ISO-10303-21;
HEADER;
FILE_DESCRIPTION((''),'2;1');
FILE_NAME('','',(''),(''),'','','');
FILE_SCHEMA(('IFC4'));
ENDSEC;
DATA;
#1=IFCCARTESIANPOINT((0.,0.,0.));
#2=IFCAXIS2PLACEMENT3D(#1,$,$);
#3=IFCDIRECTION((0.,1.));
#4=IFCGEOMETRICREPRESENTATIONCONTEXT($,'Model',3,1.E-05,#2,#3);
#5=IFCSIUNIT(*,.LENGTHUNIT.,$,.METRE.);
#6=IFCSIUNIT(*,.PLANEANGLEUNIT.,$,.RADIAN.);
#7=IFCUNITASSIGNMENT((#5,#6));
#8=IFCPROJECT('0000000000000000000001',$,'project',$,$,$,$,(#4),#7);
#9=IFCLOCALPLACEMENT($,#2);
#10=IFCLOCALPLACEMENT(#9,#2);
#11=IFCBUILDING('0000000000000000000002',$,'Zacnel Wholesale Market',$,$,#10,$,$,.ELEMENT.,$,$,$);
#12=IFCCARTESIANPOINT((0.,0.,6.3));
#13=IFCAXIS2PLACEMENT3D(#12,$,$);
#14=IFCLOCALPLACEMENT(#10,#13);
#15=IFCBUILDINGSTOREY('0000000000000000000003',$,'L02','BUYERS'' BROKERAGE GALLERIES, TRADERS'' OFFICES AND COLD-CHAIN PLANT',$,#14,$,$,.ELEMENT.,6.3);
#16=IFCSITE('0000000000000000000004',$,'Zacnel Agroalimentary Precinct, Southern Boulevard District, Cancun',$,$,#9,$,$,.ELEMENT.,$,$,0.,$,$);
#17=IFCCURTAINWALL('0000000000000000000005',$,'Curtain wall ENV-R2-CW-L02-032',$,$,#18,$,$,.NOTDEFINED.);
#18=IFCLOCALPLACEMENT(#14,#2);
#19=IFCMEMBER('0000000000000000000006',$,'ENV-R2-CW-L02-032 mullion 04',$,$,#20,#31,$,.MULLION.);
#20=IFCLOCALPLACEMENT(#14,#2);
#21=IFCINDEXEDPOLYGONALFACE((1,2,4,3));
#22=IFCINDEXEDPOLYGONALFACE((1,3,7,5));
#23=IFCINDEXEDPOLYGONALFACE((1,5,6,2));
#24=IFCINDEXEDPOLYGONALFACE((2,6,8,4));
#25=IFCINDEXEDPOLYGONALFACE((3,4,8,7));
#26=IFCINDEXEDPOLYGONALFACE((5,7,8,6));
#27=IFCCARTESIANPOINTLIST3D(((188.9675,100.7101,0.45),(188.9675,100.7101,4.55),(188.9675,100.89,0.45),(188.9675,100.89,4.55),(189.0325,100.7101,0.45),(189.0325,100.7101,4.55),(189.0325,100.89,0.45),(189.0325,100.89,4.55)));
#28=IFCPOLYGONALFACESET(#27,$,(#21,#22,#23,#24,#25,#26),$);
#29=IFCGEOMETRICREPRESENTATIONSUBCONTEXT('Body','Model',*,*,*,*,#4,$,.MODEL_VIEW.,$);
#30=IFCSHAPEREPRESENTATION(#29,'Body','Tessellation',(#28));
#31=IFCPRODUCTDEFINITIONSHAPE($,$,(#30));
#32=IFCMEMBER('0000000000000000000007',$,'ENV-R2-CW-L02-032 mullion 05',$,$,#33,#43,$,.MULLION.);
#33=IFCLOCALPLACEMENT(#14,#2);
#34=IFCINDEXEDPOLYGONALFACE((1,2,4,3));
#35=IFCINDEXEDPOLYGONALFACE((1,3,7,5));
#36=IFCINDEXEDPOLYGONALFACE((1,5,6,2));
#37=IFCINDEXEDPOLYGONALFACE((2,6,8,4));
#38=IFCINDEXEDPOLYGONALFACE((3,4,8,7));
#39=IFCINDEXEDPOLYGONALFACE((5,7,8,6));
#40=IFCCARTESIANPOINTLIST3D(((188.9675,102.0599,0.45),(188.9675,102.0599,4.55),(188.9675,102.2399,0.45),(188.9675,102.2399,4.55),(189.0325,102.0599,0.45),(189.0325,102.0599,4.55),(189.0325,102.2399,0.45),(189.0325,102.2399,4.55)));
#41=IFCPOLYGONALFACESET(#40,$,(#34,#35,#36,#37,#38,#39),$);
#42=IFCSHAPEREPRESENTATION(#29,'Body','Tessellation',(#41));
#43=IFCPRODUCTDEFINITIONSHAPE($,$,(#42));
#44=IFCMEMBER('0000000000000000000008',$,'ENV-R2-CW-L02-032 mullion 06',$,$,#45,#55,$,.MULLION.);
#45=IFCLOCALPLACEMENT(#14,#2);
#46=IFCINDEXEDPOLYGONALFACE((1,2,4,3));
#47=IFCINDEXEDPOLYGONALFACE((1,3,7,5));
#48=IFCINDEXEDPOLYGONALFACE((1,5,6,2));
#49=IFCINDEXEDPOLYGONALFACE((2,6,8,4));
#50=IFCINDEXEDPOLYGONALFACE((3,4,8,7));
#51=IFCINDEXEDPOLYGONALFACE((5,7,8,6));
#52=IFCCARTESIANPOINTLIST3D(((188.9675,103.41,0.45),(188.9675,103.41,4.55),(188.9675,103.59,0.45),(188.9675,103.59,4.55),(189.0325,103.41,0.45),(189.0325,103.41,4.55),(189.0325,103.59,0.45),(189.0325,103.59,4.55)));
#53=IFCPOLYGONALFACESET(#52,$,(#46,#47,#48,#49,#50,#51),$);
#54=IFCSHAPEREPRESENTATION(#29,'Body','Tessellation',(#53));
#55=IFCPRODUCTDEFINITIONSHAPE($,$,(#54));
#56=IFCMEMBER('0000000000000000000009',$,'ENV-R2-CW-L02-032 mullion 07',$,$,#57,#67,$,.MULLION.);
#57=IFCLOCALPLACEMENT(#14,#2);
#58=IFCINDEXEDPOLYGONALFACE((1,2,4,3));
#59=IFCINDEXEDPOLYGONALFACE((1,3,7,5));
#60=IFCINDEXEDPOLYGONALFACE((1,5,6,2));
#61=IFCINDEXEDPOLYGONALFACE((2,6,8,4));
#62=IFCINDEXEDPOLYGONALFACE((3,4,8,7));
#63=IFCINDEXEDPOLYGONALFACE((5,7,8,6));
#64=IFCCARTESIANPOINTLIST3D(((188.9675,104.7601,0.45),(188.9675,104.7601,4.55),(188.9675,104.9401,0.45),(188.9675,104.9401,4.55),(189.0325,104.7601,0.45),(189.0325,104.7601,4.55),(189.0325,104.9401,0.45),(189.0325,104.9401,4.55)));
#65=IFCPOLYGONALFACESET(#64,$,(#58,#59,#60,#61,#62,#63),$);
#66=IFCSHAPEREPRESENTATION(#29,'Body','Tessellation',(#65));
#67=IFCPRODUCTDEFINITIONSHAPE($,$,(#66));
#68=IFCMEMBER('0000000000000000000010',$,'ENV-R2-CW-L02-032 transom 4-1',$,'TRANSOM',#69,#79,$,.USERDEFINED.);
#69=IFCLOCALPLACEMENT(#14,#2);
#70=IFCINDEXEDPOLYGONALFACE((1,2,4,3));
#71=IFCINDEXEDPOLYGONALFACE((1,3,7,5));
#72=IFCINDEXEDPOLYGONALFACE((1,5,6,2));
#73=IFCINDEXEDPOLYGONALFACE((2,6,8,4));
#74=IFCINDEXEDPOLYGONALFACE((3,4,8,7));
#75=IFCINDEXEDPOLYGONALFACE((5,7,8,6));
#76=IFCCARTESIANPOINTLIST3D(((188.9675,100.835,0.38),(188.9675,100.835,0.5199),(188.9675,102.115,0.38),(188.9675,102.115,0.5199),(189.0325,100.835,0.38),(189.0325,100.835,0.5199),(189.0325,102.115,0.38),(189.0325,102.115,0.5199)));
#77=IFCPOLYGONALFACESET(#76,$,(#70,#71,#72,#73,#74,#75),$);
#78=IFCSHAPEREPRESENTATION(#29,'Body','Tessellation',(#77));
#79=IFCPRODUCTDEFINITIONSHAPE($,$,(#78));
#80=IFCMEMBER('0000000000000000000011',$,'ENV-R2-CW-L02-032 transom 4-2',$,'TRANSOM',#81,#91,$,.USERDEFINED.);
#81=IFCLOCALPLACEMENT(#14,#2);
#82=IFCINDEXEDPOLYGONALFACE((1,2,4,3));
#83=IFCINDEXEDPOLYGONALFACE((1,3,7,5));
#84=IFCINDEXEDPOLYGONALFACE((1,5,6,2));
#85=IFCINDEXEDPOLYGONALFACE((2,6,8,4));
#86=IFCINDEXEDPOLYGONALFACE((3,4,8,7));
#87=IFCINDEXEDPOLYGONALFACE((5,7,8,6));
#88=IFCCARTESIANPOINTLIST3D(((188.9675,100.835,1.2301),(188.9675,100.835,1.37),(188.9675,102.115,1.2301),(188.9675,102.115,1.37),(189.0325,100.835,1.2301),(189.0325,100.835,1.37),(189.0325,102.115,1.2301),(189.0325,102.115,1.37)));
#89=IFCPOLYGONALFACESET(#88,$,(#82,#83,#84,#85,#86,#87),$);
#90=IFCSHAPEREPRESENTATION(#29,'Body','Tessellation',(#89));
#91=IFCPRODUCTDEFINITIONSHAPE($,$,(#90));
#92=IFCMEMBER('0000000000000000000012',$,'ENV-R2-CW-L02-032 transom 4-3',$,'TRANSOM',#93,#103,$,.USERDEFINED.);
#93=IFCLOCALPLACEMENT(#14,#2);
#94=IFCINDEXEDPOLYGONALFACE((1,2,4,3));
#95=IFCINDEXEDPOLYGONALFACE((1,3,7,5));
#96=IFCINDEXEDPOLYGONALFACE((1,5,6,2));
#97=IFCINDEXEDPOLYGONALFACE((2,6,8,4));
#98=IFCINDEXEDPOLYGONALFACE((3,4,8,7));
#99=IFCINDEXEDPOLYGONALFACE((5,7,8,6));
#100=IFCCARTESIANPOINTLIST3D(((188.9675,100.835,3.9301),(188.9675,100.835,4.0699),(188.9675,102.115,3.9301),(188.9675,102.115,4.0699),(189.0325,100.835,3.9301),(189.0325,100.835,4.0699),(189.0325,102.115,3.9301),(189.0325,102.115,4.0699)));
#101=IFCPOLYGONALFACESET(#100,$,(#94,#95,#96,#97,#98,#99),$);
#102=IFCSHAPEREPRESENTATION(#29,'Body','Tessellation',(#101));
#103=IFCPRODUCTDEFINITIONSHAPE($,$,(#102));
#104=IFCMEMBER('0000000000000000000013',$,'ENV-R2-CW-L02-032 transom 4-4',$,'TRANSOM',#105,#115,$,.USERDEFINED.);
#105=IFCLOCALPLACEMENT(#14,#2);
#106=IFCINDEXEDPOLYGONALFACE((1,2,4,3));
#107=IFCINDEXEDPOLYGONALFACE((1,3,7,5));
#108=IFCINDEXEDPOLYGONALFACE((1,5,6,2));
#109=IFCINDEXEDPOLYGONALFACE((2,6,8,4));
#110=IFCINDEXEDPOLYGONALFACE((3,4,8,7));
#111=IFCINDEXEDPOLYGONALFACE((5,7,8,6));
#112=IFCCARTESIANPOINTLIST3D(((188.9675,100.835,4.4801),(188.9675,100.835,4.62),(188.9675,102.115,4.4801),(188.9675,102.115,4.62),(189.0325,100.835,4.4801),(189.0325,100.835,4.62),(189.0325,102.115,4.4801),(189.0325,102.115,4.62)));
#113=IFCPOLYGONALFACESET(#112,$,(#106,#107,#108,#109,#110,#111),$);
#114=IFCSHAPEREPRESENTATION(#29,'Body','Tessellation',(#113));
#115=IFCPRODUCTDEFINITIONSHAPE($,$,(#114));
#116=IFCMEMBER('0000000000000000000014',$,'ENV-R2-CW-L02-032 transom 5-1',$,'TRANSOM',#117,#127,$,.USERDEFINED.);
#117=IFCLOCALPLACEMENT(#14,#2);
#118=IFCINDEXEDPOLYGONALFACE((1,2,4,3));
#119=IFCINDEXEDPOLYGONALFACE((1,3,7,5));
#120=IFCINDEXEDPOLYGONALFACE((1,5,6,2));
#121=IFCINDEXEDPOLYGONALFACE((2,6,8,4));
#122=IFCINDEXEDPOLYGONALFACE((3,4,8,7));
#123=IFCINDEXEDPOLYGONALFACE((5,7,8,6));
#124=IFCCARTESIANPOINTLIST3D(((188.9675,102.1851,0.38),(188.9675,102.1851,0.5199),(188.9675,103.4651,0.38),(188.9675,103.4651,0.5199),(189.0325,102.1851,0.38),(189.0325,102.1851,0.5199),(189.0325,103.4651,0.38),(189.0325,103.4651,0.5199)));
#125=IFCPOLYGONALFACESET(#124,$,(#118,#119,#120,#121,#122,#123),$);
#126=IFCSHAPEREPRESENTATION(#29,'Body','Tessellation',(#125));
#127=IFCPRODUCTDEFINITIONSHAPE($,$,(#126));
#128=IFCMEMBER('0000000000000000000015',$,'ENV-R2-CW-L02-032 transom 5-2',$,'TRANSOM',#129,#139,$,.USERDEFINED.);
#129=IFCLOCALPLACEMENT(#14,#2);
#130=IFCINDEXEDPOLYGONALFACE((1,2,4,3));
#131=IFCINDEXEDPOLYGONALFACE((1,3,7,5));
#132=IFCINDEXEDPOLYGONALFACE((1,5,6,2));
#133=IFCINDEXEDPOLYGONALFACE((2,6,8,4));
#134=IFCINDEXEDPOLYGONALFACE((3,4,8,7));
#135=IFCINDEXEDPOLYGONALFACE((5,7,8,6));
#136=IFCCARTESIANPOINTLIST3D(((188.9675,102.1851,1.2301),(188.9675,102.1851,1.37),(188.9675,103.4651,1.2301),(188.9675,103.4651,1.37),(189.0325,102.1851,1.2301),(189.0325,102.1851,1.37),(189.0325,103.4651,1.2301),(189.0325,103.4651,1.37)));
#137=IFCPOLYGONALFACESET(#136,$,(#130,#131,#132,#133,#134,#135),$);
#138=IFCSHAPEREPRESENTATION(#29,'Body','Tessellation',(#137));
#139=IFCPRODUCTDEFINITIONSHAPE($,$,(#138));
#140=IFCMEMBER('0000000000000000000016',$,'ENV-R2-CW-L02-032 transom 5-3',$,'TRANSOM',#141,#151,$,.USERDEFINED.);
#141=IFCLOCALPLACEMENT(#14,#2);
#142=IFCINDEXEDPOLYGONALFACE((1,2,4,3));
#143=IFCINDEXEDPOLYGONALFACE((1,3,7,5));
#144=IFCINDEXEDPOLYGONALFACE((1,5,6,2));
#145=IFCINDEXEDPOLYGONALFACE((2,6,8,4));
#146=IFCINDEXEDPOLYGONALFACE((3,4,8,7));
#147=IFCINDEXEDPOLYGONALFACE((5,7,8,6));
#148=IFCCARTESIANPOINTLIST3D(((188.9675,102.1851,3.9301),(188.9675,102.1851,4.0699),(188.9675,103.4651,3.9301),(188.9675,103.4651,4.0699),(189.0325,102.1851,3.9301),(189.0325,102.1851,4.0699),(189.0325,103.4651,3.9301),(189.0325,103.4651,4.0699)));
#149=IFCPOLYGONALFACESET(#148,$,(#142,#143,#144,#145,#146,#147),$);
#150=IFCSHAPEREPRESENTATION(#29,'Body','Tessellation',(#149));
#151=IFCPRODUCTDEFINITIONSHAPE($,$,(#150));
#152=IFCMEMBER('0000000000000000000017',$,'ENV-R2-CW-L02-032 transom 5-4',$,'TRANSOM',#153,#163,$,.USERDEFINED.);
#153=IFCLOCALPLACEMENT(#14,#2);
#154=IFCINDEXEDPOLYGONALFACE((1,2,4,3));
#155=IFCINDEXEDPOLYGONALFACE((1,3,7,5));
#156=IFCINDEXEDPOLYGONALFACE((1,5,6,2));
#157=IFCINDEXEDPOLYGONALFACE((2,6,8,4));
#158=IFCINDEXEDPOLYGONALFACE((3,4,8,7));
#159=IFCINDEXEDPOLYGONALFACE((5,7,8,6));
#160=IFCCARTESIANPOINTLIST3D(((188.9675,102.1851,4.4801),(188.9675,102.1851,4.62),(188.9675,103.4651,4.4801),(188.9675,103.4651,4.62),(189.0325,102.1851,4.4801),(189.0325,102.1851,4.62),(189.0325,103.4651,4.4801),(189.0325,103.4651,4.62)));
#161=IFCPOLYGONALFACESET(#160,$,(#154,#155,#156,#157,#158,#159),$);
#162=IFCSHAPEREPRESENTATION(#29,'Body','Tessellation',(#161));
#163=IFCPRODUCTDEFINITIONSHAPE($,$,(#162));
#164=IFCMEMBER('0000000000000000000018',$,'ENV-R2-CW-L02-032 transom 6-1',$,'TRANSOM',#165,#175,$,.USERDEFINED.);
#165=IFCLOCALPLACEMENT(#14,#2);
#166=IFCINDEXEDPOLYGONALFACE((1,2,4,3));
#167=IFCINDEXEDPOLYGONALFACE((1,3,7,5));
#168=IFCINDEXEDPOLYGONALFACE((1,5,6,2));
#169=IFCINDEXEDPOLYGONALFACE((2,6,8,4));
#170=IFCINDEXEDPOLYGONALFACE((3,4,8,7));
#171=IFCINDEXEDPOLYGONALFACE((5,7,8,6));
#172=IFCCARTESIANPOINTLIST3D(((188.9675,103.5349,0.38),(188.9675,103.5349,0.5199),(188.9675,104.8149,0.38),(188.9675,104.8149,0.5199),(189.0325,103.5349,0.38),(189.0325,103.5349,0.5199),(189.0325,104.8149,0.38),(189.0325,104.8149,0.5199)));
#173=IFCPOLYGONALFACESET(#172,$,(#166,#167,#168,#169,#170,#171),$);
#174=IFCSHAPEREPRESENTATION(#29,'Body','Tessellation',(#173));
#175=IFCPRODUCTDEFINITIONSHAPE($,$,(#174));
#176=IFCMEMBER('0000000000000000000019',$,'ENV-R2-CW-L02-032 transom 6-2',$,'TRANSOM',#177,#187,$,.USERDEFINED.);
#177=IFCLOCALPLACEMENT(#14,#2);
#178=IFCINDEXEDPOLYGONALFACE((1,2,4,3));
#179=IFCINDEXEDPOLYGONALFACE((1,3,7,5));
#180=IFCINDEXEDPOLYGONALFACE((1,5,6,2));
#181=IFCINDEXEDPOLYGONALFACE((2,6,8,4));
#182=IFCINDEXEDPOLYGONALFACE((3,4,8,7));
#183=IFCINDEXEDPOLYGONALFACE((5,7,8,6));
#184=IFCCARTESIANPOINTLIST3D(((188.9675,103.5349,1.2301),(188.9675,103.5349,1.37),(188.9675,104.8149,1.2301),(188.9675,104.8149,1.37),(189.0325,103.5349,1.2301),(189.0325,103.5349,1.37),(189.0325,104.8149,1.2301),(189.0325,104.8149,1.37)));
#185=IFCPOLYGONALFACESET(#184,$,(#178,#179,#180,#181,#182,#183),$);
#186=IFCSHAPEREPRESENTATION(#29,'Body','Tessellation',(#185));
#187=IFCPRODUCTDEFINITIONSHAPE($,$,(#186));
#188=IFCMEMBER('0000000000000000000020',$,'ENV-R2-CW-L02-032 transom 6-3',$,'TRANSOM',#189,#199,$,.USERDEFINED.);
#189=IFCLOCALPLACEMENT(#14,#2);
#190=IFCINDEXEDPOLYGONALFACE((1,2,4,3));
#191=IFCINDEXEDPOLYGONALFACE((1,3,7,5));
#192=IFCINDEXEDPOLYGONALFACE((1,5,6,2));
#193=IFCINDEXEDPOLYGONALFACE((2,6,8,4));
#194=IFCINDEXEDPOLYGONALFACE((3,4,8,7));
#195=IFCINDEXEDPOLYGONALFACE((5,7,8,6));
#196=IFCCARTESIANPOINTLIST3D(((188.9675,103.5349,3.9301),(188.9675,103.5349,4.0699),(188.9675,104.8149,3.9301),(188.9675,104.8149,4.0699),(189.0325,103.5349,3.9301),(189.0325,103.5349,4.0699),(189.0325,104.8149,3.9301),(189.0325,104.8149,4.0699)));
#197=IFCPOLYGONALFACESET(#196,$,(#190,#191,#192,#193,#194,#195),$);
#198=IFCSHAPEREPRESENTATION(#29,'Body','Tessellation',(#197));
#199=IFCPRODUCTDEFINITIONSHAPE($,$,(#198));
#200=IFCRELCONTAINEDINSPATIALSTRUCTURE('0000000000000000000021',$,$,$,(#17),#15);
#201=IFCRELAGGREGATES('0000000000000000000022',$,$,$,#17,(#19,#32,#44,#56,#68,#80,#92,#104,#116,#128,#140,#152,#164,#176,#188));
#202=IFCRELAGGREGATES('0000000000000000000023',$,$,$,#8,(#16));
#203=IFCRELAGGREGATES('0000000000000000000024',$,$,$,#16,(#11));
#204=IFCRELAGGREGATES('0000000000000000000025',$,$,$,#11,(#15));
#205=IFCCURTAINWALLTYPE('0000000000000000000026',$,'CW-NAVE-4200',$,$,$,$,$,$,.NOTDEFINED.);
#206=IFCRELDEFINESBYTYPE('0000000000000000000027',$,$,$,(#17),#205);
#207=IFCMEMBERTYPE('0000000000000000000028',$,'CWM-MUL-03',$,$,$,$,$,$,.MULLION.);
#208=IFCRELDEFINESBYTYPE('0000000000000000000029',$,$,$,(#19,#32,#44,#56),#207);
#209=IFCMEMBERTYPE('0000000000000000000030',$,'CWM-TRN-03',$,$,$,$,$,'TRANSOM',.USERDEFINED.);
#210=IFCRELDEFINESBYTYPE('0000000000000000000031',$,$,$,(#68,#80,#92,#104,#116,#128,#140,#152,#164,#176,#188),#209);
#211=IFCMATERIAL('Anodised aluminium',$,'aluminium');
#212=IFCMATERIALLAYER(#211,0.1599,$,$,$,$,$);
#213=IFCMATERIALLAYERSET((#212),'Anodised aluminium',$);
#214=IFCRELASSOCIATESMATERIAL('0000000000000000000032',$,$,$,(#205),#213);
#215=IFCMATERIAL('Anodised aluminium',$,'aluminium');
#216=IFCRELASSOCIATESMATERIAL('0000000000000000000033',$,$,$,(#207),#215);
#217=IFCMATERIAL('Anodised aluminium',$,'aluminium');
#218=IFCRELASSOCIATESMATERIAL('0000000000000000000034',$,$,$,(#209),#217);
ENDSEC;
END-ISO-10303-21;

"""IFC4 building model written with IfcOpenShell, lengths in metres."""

from ifc_helpers import new_model, si_unit, direction, frame, origin, origin_2d, place, context, subcontext, project, spatial, rectangle, extrude, material, layer, layer_set, material_profile, profile_set, type_object, element, aggregate, save


model = new_model("IFC4")

# Units and contexts
model_context = context("Model", 3, precision=1e-05, world=origin(), true_north=direction((0.0, 1.0)))
body_context = subcontext(model_context, "Body", "Model", "MODEL_VIEW")
ifc_project = project(units=[si_unit("LENGTHUNIT", "METRE"), si_unit("PLANEANGLEUNIT", "RADIAN")], contexts=[model_context])

# Site, building, storey
site_placement = place(None, origin())
site = spatial("IfcSite", under=ifc_project, at=site_placement, Name="Zacnel Agroalimentary Precinct, Southern Boulevard District, Cancun", CompositionType="ELEMENT", RefElevation=0.0)
building_placement = place(site_placement, origin())
building = spatial("IfcBuilding", under=site, at=building_placement, Name="Zacnel Wholesale Market", CompositionType="ELEMENT")
storey_placement = place(building_placement, frame((0.0, 0.0, 6.3)))
storey = spatial("IfcBuildingStorey", under=building, at=storey_placement, Name="L02", Description="BUYERS' BROKERAGE GALLERIES, TRADERS' OFFICES AND COLD-CHAIN PLANT", CompositionType="ELEMENT", Elevation=6.3)

# Curtain wall, members
ifc_material_1 = material(Name="Anodised aluminium", Category="aluminium")
ifc_layer_1 = layer(ifc_material_1, 0.1599)
ifc_layer_set_1 = layer_set([ifc_layer_1], Name="Anodised aluminium")
curtain_wall_type = type_object("IfcCurtainWallType", Name="CW-NAVE-4200", PredefinedType="NOTDEFINED", material=ifc_layer_set_1)
curtain_wall_placement = place(storey_placement, origin())
curtain_wall = element("IfcCurtainWall", 1, at=curtain_wall_placement, inside=storey, type_object=curtain_wall_type, Name="Curtain wall ENV-R2-CW-L02-032", PredefinedType="NOTDEFINED")
ifc_material_2 = material(Name="Anodised aluminium", Category="aluminium")
ifc_material_profile_1 = material_profile(ifc_material_2, rectangle(XDim=0.0649, YDim=0.1799, at=origin_2d()), Name="AW-MULLION 65x180")
ifc_profile_set_1 = profile_set([ifc_material_profile_1], Name="Anodised aluminium")
member_type_1 = type_object("IfcMemberType", Name="CWM-MUL-03", PredefinedType="MULLION", material=ifc_profile_set_1)
member_1_placement = place(storey_placement, frame((189.0, 100.8, 0.45), z_axis=(0.0, 0.0, 1.0), x_axis=(1.0, 0.0, 0.0)))
member_1 = element("IfcMember", 2, at=member_1_placement, type_object=member_type_1, Name="ENV-R2-CW-L02-032 mullion 04", PredefinedType="MULLION", context=body_context, shape_type="SweptSolid", body=[
    extrude(rectangle(XDim=0.0649, YDim=0.1799, at=origin_2d()), origin(), (0.0, 0.0, 1.0), 4.1001),
])
member_2_placement = place(storey_placement, frame((189.0, 102.1499, 0.45), z_axis=(0.0, 0.0, 1.0), x_axis=(1.0, 0.0, 0.0)))
member_2 = element("IfcMember", 3, at=member_2_placement, type_object=member_type_1, Name="ENV-R2-CW-L02-032 mullion 05", PredefinedType="MULLION", context=body_context, shape_type="SweptSolid", body=[
    extrude(rectangle(XDim=0.0649, YDim=0.1799, at=origin_2d()), origin(), (0.0, 0.0, 1.0), 4.1001),
])
member_3_placement = place(storey_placement, frame((189.0, 103.5, 0.45), z_axis=(0.0, 0.0, 1.0), x_axis=(1.0, 0.0, 0.0)))
member_3 = element("IfcMember", 4, at=member_3_placement, type_object=member_type_1, Name="ENV-R2-CW-L02-032 mullion 06", PredefinedType="MULLION", context=body_context, shape_type="SweptSolid", body=[
    extrude(rectangle(XDim=0.0649, YDim=0.1799, at=origin_2d()), origin(), (0.0, 0.0, 1.0), 4.1001),
])
member_4_placement = place(storey_placement, frame((189.0, 104.8501, 0.45), z_axis=(0.0, 0.0, 1.0), x_axis=(1.0, 0.0, 0.0)))
member_4 = element("IfcMember", 5, at=member_4_placement, type_object=member_type_1, Name="ENV-R2-CW-L02-032 mullion 07", PredefinedType="MULLION", context=body_context, shape_type="SweptSolid", body=[
    extrude(rectangle(XDim=0.0649, YDim=0.1799, at=origin_2d()), origin(), (0.0, 0.0, 1.0), 4.1001),
])
ifc_material_3 = material(Name="Anodised aluminium", Category="aluminium")
ifc_material_profile_2 = material_profile(ifc_material_3, rectangle(XDim=0.0649, YDim=0.1399, at=origin_2d()), Name="AW-TRANSOM 65x140")
ifc_profile_set_2 = profile_set([ifc_material_profile_2], Name="Anodised aluminium")
member_type_2 = type_object("IfcMemberType", Name="CWM-TRN-03", ElementType="TRANSOM", PredefinedType="USERDEFINED", material=ifc_profile_set_2)
member_5_placement = place(storey_placement, frame((189.0, 100.835, 0.45), z_axis=(0.0, 1.0, 0.0), x_axis=(-1.0, 0.0, 0.0)))
member_5 = element("IfcMember", 6, at=member_5_placement, type_object=member_type_2, Name="ENV-R2-CW-L02-032 transom 4-1", ObjectType="TRANSOM", PredefinedType="USERDEFINED", context=body_context, shape_type="SweptSolid", body=[
    extrude(rectangle(XDim=0.0649, YDim=0.1399, at=origin_2d()), origin(), (0.0, 0.0, 1.0), 1.28),
])
member_6_placement = place(storey_placement, frame((189.0, 100.835, 1.3), z_axis=(0.0, 1.0, 0.0), x_axis=(-1.0, 0.0, 0.0)))
member_6 = element("IfcMember", 7, at=member_6_placement, type_object=member_type_2, Name="ENV-R2-CW-L02-032 transom 4-2", ObjectType="TRANSOM", PredefinedType="USERDEFINED", context=body_context, shape_type="SweptSolid", body=[
    extrude(rectangle(XDim=0.0649, YDim=0.1399, at=origin_2d()), origin(), (0.0, 0.0, 1.0), 1.28),
])
member_7_placement = place(storey_placement, frame((189.0, 100.835, 4.0), z_axis=(0.0, 1.0, 0.0), x_axis=(-1.0, 0.0, 0.0)))
member_7 = element("IfcMember", 8, at=member_7_placement, type_object=member_type_2, Name="ENV-R2-CW-L02-032 transom 4-3", ObjectType="TRANSOM", PredefinedType="USERDEFINED", context=body_context, shape_type="SweptSolid", body=[
    extrude(rectangle(XDim=0.0649, YDim=0.1399, at=origin_2d()), origin(), (0.0, 0.0, 1.0), 1.28),
])
member_8_placement = place(storey_placement, frame((189.0, 100.835, 4.55), z_axis=(0.0, 1.0, 0.0), x_axis=(-1.0, 0.0, 0.0)))
member_8 = element("IfcMember", 9, at=member_8_placement, type_object=member_type_2, Name="ENV-R2-CW-L02-032 transom 4-4", ObjectType="TRANSOM", PredefinedType="USERDEFINED", context=body_context, shape_type="SweptSolid", body=[
    extrude(rectangle(XDim=0.0649, YDim=0.1399, at=origin_2d()), origin(), (0.0, 0.0, 1.0), 1.28),
])
member_9_placement = place(storey_placement, frame((189.0, 102.1851, 0.45), z_axis=(0.0, 1.0, 0.0), x_axis=(-1.0, 0.0, 0.0)))
member_9 = element("IfcMember", 10, at=member_9_placement, type_object=member_type_2, Name="ENV-R2-CW-L02-032 transom 5-1", ObjectType="TRANSOM", PredefinedType="USERDEFINED", context=body_context, shape_type="SweptSolid", body=[
    extrude(rectangle(XDim=0.0649, YDim=0.1399, at=origin_2d()), origin(), (0.0, 0.0, 1.0), 1.28),
])
member_10_placement = place(storey_placement, frame((189.0, 102.1851, 1.3), z_axis=(0.0, 1.0, 0.0), x_axis=(-1.0, 0.0, 0.0)))
member_10 = element("IfcMember", 11, at=member_10_placement, type_object=member_type_2, Name="ENV-R2-CW-L02-032 transom 5-2", ObjectType="TRANSOM", PredefinedType="USERDEFINED", context=body_context, shape_type="SweptSolid", body=[
    extrude(rectangle(XDim=0.0649, YDim=0.1399, at=origin_2d()), origin(), (0.0, 0.0, 1.0), 1.28),
])
member_11_placement = place(storey_placement, frame((189.0, 102.1851, 4.0), z_axis=(0.0, 1.0, 0.0), x_axis=(-1.0, 0.0, 0.0)))
member_11 = element("IfcMember", 12, at=member_11_placement, type_object=member_type_2, Name="ENV-R2-CW-L02-032 transom 5-3", ObjectType="TRANSOM", PredefinedType="USERDEFINED", context=body_context, shape_type="SweptSolid", body=[
    extrude(rectangle(XDim=0.0649, YDim=0.1399, at=origin_2d()), origin(), (0.0, 0.0, 1.0), 1.28),
])
member_12_placement = place(storey_placement, frame((189.0, 102.1851, 4.55), z_axis=(0.0, 1.0, 0.0), x_axis=(-1.0, 0.0, 0.0)))
member_12 = element("IfcMember", 13, at=member_12_placement, type_object=member_type_2, Name="ENV-R2-CW-L02-032 transom 5-4", ObjectType="TRANSOM", PredefinedType="USERDEFINED", context=body_context, shape_type="SweptSolid", body=[
    extrude(rectangle(XDim=0.0649, YDim=0.1399, at=origin_2d()), origin(), (0.0, 0.0, 1.0), 1.28),
])
member_13_placement = place(storey_placement, frame((189.0, 103.5349, 0.45), z_axis=(0.0, 1.0, 0.0), x_axis=(-1.0, 0.0, 0.0)))
member_13 = element("IfcMember", 14, at=member_13_placement, type_object=member_type_2, Name="ENV-R2-CW-L02-032 transom 6-1", ObjectType="TRANSOM", PredefinedType="USERDEFINED", context=body_context, shape_type="SweptSolid", body=[
    extrude(rectangle(XDim=0.0649, YDim=0.1399, at=origin_2d()), origin(), (0.0, 0.0, 1.0), 1.28),
])
member_14_placement = place(storey_placement, frame((189.0, 103.5349, 1.3), z_axis=(0.0, 1.0, 0.0), x_axis=(-1.0, 0.0, 0.0)))
member_14 = element("IfcMember", 15, at=member_14_placement, type_object=member_type_2, Name="ENV-R2-CW-L02-032 transom 6-2", ObjectType="TRANSOM", PredefinedType="USERDEFINED", context=body_context, shape_type="SweptSolid", body=[
    extrude(rectangle(XDim=0.0649, YDim=0.1399, at=origin_2d()), origin(), (0.0, 0.0, 1.0), 1.28),
])
member_15_placement = place(storey_placement, frame((189.0, 103.5349, 4.0), z_axis=(0.0, 1.0, 0.0), x_axis=(-1.0, 0.0, 0.0)))
member_15 = element("IfcMember", 16, at=member_15_placement, type_object=member_type_2, Name="ENV-R2-CW-L02-032 transom 6-3", ObjectType="TRANSOM", PredefinedType="USERDEFINED", context=body_context, shape_type="SweptSolid", body=[
    extrude(rectangle(XDim=0.0649, YDim=0.1399, at=origin_2d()), origin(), (0.0, 0.0, 1.0), 1.28),
])
aggregate(curtain_wall, [member_1, member_2, member_3, member_4, member_5, member_6, member_7, member_8, member_9, member_10, member_11, member_12, member_13, member_14, member_15])

save(model, "model.ifc")
